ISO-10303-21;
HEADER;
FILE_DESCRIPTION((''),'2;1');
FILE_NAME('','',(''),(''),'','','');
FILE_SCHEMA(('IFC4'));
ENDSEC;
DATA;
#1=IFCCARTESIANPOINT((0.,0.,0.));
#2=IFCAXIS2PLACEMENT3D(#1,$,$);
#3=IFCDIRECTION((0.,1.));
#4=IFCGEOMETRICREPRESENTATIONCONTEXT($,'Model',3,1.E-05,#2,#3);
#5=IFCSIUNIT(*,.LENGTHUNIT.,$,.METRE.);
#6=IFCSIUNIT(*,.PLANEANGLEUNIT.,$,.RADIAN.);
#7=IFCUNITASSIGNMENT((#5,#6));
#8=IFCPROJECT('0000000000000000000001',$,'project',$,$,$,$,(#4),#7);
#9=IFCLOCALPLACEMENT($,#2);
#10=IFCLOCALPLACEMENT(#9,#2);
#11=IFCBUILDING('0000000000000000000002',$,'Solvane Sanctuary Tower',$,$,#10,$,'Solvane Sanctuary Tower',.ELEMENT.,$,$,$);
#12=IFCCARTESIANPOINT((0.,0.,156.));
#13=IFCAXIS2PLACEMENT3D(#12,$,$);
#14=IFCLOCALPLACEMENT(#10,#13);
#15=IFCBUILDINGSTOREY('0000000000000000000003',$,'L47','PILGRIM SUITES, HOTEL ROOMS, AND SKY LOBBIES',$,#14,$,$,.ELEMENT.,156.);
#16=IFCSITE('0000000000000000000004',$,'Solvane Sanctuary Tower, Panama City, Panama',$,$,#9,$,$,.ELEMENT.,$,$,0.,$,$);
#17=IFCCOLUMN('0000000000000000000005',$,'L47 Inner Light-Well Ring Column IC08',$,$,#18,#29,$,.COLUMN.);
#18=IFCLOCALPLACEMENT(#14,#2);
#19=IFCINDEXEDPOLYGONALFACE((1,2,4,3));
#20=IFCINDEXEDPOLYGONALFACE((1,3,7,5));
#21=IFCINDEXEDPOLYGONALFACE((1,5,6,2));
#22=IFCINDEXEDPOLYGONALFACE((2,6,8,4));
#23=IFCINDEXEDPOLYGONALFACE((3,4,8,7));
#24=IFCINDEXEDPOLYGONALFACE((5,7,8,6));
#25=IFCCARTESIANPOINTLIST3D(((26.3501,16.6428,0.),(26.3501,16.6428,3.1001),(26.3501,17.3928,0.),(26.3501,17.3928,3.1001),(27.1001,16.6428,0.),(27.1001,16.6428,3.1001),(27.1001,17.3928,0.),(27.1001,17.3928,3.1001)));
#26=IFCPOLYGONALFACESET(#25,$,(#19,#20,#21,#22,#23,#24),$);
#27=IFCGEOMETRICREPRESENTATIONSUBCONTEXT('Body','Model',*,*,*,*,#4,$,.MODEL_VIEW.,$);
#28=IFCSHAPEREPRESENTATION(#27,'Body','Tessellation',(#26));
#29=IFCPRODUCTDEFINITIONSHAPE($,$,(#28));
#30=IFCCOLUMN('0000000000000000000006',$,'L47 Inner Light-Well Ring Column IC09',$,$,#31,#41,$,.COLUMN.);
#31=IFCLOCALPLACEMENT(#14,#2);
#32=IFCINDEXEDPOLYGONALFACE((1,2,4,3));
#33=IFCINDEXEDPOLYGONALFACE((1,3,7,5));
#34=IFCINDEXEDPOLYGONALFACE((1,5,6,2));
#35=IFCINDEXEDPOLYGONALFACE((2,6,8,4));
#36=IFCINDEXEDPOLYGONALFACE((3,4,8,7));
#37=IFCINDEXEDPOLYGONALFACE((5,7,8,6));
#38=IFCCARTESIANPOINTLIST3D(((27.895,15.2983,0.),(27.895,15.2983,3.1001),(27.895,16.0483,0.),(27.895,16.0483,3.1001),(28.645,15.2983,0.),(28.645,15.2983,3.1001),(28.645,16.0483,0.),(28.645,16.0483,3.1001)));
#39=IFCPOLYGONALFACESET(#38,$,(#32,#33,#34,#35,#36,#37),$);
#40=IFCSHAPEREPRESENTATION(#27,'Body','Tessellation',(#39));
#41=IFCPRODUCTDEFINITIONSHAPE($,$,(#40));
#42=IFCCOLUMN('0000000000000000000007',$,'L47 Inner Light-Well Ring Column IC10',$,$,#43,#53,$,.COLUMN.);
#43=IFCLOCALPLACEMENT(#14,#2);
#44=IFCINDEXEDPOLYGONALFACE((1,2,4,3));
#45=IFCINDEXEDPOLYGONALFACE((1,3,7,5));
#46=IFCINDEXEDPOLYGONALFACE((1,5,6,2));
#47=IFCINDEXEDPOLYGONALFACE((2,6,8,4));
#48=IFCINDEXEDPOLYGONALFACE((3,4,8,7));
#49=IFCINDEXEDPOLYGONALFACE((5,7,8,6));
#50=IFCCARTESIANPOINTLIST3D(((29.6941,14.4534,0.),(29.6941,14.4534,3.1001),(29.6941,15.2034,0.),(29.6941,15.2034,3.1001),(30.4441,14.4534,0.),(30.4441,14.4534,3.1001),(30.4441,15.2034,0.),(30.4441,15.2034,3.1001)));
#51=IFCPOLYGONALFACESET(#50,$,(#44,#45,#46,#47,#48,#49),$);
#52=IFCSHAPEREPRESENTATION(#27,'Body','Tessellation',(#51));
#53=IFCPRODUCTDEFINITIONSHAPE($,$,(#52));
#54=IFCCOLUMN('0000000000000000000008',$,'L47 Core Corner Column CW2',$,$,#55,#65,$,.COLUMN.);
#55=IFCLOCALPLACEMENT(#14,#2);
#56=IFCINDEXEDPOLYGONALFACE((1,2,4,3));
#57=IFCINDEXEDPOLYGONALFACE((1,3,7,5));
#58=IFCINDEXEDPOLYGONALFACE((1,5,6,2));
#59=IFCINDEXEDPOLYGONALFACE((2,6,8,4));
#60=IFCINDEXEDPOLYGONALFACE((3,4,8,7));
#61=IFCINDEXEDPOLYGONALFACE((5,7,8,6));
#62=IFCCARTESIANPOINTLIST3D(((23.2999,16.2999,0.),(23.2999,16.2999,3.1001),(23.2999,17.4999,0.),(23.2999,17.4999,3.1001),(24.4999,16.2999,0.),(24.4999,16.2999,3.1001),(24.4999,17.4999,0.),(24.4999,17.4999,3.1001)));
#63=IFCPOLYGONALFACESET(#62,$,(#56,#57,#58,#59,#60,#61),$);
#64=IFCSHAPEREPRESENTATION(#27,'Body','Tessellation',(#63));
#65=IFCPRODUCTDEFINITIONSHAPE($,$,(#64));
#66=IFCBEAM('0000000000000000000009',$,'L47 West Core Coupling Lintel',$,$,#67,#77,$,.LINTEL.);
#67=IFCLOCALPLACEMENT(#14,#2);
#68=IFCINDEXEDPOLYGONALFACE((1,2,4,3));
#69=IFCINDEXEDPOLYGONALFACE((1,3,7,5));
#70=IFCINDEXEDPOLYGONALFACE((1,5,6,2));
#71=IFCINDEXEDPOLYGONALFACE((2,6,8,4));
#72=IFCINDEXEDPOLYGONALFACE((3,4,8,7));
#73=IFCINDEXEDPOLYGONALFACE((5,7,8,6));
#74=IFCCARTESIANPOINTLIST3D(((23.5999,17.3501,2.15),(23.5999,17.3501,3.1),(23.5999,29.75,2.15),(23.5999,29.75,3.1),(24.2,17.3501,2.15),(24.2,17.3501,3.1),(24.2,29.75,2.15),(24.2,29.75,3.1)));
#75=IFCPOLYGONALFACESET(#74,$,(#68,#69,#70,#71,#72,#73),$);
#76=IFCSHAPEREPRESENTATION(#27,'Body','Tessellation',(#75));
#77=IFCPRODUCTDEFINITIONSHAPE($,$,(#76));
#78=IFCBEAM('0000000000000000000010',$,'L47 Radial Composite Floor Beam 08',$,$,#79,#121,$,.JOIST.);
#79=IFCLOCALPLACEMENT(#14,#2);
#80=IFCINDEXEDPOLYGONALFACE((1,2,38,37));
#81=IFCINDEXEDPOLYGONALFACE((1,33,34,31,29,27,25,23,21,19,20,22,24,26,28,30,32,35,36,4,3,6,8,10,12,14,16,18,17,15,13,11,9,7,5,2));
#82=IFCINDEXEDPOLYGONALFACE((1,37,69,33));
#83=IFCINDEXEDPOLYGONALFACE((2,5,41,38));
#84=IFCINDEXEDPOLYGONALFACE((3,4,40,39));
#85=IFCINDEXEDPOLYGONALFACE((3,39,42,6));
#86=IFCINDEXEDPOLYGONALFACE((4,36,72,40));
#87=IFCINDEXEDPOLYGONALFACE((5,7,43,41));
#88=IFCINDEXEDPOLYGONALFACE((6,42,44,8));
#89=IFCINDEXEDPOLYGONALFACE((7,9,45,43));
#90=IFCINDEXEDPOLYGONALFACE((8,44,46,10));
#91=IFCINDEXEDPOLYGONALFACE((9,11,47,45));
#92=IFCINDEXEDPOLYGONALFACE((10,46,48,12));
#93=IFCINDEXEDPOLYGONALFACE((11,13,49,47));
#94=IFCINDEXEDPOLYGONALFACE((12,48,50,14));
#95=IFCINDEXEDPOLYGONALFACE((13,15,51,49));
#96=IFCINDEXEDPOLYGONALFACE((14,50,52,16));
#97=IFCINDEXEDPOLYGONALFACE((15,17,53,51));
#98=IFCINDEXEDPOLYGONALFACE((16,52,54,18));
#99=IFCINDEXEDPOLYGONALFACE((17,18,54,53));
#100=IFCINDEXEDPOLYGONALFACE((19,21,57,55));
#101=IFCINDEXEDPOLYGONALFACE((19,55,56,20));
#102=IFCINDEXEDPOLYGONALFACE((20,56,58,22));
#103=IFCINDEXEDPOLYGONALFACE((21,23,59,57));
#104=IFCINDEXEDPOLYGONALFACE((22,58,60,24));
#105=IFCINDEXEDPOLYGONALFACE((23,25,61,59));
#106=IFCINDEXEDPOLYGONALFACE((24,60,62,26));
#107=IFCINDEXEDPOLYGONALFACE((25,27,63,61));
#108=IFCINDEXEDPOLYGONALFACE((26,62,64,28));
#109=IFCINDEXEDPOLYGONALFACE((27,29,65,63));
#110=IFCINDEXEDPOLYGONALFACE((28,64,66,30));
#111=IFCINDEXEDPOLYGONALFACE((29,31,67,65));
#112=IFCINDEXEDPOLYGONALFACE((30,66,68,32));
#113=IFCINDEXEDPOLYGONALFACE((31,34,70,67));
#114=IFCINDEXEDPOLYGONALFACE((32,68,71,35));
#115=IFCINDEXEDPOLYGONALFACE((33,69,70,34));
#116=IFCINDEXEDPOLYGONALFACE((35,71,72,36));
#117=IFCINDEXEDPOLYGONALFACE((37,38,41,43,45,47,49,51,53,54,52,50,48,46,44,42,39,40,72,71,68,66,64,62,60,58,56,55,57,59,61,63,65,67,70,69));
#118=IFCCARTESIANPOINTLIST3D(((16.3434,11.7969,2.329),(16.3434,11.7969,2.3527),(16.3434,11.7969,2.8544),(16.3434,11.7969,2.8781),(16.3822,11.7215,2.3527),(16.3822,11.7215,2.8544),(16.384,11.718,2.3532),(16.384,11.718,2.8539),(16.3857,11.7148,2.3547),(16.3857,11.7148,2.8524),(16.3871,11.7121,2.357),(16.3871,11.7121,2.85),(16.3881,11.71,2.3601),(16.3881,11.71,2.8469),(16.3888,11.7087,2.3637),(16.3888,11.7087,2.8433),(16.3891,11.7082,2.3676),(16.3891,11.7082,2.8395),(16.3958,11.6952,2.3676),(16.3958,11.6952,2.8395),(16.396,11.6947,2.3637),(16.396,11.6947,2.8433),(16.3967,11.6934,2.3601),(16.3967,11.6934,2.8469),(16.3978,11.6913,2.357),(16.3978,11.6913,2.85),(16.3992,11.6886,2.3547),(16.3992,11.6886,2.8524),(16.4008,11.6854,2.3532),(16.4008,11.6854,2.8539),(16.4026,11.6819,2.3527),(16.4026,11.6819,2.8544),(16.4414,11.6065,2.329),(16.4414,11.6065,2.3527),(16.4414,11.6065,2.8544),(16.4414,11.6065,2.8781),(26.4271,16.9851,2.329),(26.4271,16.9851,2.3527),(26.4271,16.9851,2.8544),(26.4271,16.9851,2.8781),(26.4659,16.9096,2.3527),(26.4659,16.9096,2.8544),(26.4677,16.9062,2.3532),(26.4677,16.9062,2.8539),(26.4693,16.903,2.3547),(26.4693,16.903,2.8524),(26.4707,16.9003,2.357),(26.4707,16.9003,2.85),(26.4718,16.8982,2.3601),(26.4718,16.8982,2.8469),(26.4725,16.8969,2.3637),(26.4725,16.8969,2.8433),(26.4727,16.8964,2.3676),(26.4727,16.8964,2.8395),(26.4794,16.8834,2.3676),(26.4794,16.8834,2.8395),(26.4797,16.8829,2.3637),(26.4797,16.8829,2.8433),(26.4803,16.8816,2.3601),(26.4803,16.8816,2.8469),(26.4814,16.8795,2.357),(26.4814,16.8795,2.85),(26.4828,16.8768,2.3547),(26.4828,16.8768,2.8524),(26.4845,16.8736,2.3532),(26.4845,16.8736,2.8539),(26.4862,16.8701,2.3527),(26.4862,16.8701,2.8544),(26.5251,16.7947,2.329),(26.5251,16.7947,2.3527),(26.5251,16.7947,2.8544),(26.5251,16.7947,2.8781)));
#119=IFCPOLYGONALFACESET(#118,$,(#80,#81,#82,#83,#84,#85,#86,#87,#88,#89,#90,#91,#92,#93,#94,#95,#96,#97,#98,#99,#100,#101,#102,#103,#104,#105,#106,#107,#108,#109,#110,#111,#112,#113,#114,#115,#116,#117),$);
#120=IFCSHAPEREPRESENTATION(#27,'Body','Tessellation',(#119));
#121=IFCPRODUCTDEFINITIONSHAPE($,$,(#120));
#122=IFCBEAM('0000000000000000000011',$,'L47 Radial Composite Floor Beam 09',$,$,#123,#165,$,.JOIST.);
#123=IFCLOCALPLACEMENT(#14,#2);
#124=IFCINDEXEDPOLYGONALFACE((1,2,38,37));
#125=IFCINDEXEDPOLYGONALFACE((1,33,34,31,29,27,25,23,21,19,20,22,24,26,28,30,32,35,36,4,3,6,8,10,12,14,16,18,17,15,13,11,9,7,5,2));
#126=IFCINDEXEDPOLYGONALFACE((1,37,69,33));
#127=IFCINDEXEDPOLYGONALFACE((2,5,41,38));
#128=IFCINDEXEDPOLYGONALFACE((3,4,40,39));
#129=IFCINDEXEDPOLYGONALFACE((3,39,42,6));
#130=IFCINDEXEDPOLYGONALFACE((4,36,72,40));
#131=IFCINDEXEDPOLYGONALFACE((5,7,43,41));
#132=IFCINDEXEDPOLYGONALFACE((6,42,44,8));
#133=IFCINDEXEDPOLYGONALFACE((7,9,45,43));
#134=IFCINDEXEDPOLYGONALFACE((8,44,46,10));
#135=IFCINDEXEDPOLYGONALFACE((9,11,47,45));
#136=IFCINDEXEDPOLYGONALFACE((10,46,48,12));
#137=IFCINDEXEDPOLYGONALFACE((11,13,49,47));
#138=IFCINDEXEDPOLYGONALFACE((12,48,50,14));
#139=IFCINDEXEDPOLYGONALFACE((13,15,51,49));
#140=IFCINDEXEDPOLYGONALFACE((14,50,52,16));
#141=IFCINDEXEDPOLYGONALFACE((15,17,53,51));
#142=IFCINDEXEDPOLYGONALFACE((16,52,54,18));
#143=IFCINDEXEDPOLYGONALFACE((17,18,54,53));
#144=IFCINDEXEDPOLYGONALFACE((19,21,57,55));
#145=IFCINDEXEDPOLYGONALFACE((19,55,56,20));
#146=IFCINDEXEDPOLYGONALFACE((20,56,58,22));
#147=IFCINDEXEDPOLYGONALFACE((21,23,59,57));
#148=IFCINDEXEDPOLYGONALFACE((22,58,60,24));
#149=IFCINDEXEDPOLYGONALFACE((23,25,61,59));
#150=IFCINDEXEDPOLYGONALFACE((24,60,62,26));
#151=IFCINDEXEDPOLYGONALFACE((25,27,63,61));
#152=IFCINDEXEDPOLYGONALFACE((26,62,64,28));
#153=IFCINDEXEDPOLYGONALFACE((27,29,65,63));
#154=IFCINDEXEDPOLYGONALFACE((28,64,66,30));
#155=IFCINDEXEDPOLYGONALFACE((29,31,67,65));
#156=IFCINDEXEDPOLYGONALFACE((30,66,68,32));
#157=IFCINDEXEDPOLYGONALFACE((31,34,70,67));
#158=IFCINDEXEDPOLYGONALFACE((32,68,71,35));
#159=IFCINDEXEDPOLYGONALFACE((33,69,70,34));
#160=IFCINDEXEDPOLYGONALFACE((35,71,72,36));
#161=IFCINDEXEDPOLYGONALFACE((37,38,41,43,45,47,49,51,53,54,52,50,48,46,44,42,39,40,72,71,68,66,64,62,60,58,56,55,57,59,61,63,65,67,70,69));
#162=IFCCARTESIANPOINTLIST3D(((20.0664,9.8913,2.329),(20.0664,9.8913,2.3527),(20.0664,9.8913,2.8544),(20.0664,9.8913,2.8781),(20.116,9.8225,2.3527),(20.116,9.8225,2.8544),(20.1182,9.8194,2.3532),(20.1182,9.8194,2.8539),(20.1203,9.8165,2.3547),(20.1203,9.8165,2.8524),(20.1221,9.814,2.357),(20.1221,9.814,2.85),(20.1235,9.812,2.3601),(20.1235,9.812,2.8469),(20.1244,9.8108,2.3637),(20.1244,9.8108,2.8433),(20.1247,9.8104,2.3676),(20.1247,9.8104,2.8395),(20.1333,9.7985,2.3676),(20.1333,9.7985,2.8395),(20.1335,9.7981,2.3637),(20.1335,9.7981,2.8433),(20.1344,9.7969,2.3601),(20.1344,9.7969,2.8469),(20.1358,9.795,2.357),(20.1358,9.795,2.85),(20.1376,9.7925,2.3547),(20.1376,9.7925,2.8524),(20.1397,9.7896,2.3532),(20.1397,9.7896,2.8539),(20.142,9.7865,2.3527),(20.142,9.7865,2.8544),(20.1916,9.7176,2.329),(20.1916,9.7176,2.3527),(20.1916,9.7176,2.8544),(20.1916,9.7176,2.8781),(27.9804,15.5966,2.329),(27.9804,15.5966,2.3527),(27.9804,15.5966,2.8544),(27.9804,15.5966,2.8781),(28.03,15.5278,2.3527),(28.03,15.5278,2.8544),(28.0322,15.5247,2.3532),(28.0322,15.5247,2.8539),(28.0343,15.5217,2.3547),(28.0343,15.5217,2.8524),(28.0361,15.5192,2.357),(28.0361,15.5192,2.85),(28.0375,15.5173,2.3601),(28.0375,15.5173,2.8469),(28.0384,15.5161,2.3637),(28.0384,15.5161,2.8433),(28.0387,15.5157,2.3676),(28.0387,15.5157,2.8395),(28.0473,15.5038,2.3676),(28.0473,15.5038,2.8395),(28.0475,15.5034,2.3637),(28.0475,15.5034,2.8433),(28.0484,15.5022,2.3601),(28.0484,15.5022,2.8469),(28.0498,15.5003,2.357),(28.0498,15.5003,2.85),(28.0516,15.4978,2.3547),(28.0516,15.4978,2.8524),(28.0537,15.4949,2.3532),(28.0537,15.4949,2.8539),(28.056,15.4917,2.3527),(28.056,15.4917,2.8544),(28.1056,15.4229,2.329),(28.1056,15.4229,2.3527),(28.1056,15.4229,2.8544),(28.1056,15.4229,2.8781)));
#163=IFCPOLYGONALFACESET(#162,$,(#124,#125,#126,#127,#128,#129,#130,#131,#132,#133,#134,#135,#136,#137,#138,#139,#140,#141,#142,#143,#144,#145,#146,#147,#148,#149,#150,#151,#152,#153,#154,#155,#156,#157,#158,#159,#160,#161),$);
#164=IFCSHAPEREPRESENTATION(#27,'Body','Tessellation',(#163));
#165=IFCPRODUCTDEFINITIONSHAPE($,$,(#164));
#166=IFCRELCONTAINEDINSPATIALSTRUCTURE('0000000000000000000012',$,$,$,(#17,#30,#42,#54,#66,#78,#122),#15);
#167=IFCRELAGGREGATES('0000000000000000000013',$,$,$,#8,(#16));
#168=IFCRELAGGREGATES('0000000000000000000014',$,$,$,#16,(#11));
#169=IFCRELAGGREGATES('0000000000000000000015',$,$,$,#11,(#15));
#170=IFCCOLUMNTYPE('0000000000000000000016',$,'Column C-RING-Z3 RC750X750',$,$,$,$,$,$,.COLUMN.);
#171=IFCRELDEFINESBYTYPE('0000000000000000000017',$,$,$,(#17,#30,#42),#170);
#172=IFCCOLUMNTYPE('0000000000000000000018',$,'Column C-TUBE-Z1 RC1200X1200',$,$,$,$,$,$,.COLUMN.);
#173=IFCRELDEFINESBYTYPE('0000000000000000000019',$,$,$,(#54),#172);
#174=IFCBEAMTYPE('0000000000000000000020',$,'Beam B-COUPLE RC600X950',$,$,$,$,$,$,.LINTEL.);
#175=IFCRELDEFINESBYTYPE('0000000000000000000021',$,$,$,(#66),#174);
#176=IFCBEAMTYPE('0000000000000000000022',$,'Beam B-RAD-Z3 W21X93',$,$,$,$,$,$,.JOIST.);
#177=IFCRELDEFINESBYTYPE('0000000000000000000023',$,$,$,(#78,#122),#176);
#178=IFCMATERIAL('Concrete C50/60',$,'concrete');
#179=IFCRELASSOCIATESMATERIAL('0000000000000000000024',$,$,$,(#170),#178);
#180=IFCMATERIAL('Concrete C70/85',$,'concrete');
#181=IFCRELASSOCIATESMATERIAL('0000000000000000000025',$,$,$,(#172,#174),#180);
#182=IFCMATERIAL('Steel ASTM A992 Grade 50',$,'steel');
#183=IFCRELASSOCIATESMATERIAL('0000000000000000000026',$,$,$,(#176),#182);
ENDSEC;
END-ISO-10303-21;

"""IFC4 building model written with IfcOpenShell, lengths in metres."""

from ifc_helpers import new_model, si_unit, direction, frame, origin, origin_2d, place, context, subcontext, project, spatial, rectangle, i_section, extrude, material, material_profile, profile_set, type_object, element, save


model = new_model("IFC4")

# Units and contexts
model_context = context("Model", 3, precision=1e-05, world=origin(), true_north=direction((0.0, 1.0)))
body_context = subcontext(model_context, "Body", "Model", "MODEL_VIEW")
ifc_project = project(units=[si_unit("LENGTHUNIT", "METRE"), si_unit("PLANEANGLEUNIT", "RADIAN")], contexts=[model_context])

# Site, building, storey
site_placement = place(None, origin())
site = spatial("IfcSite", under=ifc_project, at=site_placement, Name="Solvane Sanctuary Tower, Panama City, Panama", CompositionType="ELEMENT", RefElevation=0.0)
building_placement = place(site_placement, origin())
building = spatial("IfcBuilding", under=site, at=building_placement, Name="Solvane Sanctuary Tower", LongName="Solvane Sanctuary Tower", CompositionType="ELEMENT")
storey_placement = place(building_placement, frame((0.0, 0.0, 156.0)))
storey = spatial("IfcBuildingStorey", under=building, at=storey_placement, Name="L47", Description="PILGRIM SUITES, HOTEL ROOMS, AND SKY LOBBIES", CompositionType="ELEMENT", Elevation=156.0)

# Columns
ifc_material_1 = material(Name="Concrete C50/60", Category="concrete")
ifc_material_profile_1 = material_profile(ifc_material_1, rectangle(XDim=0.75, YDim=0.75, at=origin_2d()), Name="RC750X750")
ifc_profile_set_1 = profile_set([ifc_material_profile_1], Name="Concrete C50/60")
column_type_1 = type_object("IfcColumnType", Name="Column C-RING-Z3 RC750X750", PredefinedType="COLUMN", material=ifc_profile_set_1)
for number, where, z_axis, x_axis, name in (
    (1, (26.7251, 17.0178, 0.0), (0.0, 0.0, 1.0), (1.0, 0.0, 0.0), "L47 Inner Light-Well Ring Column IC08"),
    (2, (28.27, 15.6733, 0.0), (0.0, 0.0, 1.0), (1.0, 0.0, 0.0), "L47 Inner Light-Well Ring Column IC09"),
    (3, (30.0691, 14.8284, 0.0), (0.0, 0.0, 1.0), (1.0, 0.0, 0.0), "L47 Inner Light-Well Ring Column IC10"),
):
    element("IfcColumn", number, at=place(storey_placement, frame(where, z_axis=z_axis, x_axis=x_axis)), inside=storey, type_object=column_type_1, Name=name, PredefinedType="COLUMN", context=body_context, shape_type="SweptSolid", body=[
        extrude(rectangle(XDim=0.75, YDim=0.75, at=origin_2d()), origin(), (0.0, 0.0, 1.0), 3.1001),
    ])
ifc_material_2 = material(Name="Concrete C70/85", Category="concrete")
ifc_material_profile_2 = material_profile(ifc_material_2, rectangle(XDim=1.2, YDim=1.2, at=origin_2d()), Name="RC1200X1200")
ifc_profile_set_2 = profile_set([ifc_material_profile_2], Name="Concrete C70/85")
column_type_2 = type_object("IfcColumnType", Name="Column C-TUBE-Z1 RC1200X1200", PredefinedType="COLUMN", material=ifc_profile_set_2)
column_placement = place(storey_placement, frame((23.8999, 16.8999, 0.0), z_axis=(0.0, 0.0, 1.0), x_axis=(1.0, 0.0, 0.0)))
element("IfcColumn", 4, at=column_placement, inside=storey, type_object=column_type_2, Name="L47 Core Corner Column CW2", PredefinedType="COLUMN", context=body_context, shape_type="SweptSolid", body=[
    extrude(rectangle(XDim=1.2, YDim=1.2, at=origin_2d()), origin(), (0.0, 0.0, 1.0), 3.1001),
])

# Beams
ifc_material_profile_3 = material_profile(ifc_material_2, rectangle(XDim=0.6001, YDim=0.95, at=origin_2d()), Name="RC600X950")
ifc_profile_set_3 = profile_set([ifc_material_profile_3], Name="Concrete C70/85")
beam_type_1 = type_object("IfcBeamType", Name="Beam B-COUPLE RC600X950", PredefinedType="LINTEL", material=ifc_profile_set_3)
beam_1_placement = place(storey_placement, frame((23.8999, 17.3501, 2.625), z_axis=(0.0, 1.0, 0.0), x_axis=(-1.0, 0.0, 0.0)))
element("IfcBeam", 5, at=beam_1_placement, inside=storey, type_object=beam_type_1, Name="L47 West Core Coupling Lintel", PredefinedType="LINTEL", context=body_context, shape_type="SweptSolid", body=[
    extrude(rectangle(XDim=0.6001, YDim=0.95, at=origin_2d()), origin(), (0.0, 0.0, 1.0), 12.3999),
])
ifc_material_3 = material(Name="Steel ASTM A992 Grade 50", Category="steel")
ifc_material_profile_4 = material_profile(ifc_material_3, i_section(OverallWidth=0.2141, OverallDepth=0.5491, WebThickness=0.0146, FlangeThickness=0.0237, FilletRadius=0.0149, at=origin_2d()), Name="W21X93")
ifc_profile_set_4 = profile_set([ifc_material_profile_4], Name="Steel ASTM A992 Grade 50")
beam_type_2 = type_object("IfcBeamType", Name="Beam B-RAD-Z3 W21X93", PredefinedType="JOIST", material=ifc_profile_set_4)
beam_2_placement = place(storey_placement, frame((26.4761, 16.8899, 2.6035), z_axis=(-0.889205, -0.457509, 0.0), x_axis=(0.457509, -0.889205, 0.0)))
element("IfcBeam", 6, at=beam_2_placement, inside=storey, type_object=beam_type_2, Name="L47 Radial Composite Floor Beam 08", PredefinedType="JOIST", context=body_context, shape_type="SweptSolid", body=[
    extrude(i_section(OverallWidth=0.2141, OverallDepth=0.5491, WebThickness=0.0146, FlangeThickness=0.0237, FilletRadius=0.0149, at=origin_2d()), origin(), (0.0, 0.0, 1.0), 11.3401),
])
beam_3_placement = place(storey_placement, frame((28.043, 15.5098, 2.6035), z_axis=(-0.811184, -0.58479, 0.0), x_axis=(0.58479, -0.811184, 0.0)))
element("IfcBeam", 7, at=beam_3_placement, inside=storey, type_object=beam_type_2, Name="L47 Radial Composite Floor Beam 09", PredefinedType="JOIST", context=body_context, shape_type="SweptSolid", body=[
    extrude(i_section(OverallWidth=0.2141, OverallDepth=0.5491, WebThickness=0.0146, FlangeThickness=0.0237, FilletRadius=0.0149, at=origin_2d()), origin(), (0.0, 0.0, 1.0), 9.7561),
])

save(model, "model.ifc")
